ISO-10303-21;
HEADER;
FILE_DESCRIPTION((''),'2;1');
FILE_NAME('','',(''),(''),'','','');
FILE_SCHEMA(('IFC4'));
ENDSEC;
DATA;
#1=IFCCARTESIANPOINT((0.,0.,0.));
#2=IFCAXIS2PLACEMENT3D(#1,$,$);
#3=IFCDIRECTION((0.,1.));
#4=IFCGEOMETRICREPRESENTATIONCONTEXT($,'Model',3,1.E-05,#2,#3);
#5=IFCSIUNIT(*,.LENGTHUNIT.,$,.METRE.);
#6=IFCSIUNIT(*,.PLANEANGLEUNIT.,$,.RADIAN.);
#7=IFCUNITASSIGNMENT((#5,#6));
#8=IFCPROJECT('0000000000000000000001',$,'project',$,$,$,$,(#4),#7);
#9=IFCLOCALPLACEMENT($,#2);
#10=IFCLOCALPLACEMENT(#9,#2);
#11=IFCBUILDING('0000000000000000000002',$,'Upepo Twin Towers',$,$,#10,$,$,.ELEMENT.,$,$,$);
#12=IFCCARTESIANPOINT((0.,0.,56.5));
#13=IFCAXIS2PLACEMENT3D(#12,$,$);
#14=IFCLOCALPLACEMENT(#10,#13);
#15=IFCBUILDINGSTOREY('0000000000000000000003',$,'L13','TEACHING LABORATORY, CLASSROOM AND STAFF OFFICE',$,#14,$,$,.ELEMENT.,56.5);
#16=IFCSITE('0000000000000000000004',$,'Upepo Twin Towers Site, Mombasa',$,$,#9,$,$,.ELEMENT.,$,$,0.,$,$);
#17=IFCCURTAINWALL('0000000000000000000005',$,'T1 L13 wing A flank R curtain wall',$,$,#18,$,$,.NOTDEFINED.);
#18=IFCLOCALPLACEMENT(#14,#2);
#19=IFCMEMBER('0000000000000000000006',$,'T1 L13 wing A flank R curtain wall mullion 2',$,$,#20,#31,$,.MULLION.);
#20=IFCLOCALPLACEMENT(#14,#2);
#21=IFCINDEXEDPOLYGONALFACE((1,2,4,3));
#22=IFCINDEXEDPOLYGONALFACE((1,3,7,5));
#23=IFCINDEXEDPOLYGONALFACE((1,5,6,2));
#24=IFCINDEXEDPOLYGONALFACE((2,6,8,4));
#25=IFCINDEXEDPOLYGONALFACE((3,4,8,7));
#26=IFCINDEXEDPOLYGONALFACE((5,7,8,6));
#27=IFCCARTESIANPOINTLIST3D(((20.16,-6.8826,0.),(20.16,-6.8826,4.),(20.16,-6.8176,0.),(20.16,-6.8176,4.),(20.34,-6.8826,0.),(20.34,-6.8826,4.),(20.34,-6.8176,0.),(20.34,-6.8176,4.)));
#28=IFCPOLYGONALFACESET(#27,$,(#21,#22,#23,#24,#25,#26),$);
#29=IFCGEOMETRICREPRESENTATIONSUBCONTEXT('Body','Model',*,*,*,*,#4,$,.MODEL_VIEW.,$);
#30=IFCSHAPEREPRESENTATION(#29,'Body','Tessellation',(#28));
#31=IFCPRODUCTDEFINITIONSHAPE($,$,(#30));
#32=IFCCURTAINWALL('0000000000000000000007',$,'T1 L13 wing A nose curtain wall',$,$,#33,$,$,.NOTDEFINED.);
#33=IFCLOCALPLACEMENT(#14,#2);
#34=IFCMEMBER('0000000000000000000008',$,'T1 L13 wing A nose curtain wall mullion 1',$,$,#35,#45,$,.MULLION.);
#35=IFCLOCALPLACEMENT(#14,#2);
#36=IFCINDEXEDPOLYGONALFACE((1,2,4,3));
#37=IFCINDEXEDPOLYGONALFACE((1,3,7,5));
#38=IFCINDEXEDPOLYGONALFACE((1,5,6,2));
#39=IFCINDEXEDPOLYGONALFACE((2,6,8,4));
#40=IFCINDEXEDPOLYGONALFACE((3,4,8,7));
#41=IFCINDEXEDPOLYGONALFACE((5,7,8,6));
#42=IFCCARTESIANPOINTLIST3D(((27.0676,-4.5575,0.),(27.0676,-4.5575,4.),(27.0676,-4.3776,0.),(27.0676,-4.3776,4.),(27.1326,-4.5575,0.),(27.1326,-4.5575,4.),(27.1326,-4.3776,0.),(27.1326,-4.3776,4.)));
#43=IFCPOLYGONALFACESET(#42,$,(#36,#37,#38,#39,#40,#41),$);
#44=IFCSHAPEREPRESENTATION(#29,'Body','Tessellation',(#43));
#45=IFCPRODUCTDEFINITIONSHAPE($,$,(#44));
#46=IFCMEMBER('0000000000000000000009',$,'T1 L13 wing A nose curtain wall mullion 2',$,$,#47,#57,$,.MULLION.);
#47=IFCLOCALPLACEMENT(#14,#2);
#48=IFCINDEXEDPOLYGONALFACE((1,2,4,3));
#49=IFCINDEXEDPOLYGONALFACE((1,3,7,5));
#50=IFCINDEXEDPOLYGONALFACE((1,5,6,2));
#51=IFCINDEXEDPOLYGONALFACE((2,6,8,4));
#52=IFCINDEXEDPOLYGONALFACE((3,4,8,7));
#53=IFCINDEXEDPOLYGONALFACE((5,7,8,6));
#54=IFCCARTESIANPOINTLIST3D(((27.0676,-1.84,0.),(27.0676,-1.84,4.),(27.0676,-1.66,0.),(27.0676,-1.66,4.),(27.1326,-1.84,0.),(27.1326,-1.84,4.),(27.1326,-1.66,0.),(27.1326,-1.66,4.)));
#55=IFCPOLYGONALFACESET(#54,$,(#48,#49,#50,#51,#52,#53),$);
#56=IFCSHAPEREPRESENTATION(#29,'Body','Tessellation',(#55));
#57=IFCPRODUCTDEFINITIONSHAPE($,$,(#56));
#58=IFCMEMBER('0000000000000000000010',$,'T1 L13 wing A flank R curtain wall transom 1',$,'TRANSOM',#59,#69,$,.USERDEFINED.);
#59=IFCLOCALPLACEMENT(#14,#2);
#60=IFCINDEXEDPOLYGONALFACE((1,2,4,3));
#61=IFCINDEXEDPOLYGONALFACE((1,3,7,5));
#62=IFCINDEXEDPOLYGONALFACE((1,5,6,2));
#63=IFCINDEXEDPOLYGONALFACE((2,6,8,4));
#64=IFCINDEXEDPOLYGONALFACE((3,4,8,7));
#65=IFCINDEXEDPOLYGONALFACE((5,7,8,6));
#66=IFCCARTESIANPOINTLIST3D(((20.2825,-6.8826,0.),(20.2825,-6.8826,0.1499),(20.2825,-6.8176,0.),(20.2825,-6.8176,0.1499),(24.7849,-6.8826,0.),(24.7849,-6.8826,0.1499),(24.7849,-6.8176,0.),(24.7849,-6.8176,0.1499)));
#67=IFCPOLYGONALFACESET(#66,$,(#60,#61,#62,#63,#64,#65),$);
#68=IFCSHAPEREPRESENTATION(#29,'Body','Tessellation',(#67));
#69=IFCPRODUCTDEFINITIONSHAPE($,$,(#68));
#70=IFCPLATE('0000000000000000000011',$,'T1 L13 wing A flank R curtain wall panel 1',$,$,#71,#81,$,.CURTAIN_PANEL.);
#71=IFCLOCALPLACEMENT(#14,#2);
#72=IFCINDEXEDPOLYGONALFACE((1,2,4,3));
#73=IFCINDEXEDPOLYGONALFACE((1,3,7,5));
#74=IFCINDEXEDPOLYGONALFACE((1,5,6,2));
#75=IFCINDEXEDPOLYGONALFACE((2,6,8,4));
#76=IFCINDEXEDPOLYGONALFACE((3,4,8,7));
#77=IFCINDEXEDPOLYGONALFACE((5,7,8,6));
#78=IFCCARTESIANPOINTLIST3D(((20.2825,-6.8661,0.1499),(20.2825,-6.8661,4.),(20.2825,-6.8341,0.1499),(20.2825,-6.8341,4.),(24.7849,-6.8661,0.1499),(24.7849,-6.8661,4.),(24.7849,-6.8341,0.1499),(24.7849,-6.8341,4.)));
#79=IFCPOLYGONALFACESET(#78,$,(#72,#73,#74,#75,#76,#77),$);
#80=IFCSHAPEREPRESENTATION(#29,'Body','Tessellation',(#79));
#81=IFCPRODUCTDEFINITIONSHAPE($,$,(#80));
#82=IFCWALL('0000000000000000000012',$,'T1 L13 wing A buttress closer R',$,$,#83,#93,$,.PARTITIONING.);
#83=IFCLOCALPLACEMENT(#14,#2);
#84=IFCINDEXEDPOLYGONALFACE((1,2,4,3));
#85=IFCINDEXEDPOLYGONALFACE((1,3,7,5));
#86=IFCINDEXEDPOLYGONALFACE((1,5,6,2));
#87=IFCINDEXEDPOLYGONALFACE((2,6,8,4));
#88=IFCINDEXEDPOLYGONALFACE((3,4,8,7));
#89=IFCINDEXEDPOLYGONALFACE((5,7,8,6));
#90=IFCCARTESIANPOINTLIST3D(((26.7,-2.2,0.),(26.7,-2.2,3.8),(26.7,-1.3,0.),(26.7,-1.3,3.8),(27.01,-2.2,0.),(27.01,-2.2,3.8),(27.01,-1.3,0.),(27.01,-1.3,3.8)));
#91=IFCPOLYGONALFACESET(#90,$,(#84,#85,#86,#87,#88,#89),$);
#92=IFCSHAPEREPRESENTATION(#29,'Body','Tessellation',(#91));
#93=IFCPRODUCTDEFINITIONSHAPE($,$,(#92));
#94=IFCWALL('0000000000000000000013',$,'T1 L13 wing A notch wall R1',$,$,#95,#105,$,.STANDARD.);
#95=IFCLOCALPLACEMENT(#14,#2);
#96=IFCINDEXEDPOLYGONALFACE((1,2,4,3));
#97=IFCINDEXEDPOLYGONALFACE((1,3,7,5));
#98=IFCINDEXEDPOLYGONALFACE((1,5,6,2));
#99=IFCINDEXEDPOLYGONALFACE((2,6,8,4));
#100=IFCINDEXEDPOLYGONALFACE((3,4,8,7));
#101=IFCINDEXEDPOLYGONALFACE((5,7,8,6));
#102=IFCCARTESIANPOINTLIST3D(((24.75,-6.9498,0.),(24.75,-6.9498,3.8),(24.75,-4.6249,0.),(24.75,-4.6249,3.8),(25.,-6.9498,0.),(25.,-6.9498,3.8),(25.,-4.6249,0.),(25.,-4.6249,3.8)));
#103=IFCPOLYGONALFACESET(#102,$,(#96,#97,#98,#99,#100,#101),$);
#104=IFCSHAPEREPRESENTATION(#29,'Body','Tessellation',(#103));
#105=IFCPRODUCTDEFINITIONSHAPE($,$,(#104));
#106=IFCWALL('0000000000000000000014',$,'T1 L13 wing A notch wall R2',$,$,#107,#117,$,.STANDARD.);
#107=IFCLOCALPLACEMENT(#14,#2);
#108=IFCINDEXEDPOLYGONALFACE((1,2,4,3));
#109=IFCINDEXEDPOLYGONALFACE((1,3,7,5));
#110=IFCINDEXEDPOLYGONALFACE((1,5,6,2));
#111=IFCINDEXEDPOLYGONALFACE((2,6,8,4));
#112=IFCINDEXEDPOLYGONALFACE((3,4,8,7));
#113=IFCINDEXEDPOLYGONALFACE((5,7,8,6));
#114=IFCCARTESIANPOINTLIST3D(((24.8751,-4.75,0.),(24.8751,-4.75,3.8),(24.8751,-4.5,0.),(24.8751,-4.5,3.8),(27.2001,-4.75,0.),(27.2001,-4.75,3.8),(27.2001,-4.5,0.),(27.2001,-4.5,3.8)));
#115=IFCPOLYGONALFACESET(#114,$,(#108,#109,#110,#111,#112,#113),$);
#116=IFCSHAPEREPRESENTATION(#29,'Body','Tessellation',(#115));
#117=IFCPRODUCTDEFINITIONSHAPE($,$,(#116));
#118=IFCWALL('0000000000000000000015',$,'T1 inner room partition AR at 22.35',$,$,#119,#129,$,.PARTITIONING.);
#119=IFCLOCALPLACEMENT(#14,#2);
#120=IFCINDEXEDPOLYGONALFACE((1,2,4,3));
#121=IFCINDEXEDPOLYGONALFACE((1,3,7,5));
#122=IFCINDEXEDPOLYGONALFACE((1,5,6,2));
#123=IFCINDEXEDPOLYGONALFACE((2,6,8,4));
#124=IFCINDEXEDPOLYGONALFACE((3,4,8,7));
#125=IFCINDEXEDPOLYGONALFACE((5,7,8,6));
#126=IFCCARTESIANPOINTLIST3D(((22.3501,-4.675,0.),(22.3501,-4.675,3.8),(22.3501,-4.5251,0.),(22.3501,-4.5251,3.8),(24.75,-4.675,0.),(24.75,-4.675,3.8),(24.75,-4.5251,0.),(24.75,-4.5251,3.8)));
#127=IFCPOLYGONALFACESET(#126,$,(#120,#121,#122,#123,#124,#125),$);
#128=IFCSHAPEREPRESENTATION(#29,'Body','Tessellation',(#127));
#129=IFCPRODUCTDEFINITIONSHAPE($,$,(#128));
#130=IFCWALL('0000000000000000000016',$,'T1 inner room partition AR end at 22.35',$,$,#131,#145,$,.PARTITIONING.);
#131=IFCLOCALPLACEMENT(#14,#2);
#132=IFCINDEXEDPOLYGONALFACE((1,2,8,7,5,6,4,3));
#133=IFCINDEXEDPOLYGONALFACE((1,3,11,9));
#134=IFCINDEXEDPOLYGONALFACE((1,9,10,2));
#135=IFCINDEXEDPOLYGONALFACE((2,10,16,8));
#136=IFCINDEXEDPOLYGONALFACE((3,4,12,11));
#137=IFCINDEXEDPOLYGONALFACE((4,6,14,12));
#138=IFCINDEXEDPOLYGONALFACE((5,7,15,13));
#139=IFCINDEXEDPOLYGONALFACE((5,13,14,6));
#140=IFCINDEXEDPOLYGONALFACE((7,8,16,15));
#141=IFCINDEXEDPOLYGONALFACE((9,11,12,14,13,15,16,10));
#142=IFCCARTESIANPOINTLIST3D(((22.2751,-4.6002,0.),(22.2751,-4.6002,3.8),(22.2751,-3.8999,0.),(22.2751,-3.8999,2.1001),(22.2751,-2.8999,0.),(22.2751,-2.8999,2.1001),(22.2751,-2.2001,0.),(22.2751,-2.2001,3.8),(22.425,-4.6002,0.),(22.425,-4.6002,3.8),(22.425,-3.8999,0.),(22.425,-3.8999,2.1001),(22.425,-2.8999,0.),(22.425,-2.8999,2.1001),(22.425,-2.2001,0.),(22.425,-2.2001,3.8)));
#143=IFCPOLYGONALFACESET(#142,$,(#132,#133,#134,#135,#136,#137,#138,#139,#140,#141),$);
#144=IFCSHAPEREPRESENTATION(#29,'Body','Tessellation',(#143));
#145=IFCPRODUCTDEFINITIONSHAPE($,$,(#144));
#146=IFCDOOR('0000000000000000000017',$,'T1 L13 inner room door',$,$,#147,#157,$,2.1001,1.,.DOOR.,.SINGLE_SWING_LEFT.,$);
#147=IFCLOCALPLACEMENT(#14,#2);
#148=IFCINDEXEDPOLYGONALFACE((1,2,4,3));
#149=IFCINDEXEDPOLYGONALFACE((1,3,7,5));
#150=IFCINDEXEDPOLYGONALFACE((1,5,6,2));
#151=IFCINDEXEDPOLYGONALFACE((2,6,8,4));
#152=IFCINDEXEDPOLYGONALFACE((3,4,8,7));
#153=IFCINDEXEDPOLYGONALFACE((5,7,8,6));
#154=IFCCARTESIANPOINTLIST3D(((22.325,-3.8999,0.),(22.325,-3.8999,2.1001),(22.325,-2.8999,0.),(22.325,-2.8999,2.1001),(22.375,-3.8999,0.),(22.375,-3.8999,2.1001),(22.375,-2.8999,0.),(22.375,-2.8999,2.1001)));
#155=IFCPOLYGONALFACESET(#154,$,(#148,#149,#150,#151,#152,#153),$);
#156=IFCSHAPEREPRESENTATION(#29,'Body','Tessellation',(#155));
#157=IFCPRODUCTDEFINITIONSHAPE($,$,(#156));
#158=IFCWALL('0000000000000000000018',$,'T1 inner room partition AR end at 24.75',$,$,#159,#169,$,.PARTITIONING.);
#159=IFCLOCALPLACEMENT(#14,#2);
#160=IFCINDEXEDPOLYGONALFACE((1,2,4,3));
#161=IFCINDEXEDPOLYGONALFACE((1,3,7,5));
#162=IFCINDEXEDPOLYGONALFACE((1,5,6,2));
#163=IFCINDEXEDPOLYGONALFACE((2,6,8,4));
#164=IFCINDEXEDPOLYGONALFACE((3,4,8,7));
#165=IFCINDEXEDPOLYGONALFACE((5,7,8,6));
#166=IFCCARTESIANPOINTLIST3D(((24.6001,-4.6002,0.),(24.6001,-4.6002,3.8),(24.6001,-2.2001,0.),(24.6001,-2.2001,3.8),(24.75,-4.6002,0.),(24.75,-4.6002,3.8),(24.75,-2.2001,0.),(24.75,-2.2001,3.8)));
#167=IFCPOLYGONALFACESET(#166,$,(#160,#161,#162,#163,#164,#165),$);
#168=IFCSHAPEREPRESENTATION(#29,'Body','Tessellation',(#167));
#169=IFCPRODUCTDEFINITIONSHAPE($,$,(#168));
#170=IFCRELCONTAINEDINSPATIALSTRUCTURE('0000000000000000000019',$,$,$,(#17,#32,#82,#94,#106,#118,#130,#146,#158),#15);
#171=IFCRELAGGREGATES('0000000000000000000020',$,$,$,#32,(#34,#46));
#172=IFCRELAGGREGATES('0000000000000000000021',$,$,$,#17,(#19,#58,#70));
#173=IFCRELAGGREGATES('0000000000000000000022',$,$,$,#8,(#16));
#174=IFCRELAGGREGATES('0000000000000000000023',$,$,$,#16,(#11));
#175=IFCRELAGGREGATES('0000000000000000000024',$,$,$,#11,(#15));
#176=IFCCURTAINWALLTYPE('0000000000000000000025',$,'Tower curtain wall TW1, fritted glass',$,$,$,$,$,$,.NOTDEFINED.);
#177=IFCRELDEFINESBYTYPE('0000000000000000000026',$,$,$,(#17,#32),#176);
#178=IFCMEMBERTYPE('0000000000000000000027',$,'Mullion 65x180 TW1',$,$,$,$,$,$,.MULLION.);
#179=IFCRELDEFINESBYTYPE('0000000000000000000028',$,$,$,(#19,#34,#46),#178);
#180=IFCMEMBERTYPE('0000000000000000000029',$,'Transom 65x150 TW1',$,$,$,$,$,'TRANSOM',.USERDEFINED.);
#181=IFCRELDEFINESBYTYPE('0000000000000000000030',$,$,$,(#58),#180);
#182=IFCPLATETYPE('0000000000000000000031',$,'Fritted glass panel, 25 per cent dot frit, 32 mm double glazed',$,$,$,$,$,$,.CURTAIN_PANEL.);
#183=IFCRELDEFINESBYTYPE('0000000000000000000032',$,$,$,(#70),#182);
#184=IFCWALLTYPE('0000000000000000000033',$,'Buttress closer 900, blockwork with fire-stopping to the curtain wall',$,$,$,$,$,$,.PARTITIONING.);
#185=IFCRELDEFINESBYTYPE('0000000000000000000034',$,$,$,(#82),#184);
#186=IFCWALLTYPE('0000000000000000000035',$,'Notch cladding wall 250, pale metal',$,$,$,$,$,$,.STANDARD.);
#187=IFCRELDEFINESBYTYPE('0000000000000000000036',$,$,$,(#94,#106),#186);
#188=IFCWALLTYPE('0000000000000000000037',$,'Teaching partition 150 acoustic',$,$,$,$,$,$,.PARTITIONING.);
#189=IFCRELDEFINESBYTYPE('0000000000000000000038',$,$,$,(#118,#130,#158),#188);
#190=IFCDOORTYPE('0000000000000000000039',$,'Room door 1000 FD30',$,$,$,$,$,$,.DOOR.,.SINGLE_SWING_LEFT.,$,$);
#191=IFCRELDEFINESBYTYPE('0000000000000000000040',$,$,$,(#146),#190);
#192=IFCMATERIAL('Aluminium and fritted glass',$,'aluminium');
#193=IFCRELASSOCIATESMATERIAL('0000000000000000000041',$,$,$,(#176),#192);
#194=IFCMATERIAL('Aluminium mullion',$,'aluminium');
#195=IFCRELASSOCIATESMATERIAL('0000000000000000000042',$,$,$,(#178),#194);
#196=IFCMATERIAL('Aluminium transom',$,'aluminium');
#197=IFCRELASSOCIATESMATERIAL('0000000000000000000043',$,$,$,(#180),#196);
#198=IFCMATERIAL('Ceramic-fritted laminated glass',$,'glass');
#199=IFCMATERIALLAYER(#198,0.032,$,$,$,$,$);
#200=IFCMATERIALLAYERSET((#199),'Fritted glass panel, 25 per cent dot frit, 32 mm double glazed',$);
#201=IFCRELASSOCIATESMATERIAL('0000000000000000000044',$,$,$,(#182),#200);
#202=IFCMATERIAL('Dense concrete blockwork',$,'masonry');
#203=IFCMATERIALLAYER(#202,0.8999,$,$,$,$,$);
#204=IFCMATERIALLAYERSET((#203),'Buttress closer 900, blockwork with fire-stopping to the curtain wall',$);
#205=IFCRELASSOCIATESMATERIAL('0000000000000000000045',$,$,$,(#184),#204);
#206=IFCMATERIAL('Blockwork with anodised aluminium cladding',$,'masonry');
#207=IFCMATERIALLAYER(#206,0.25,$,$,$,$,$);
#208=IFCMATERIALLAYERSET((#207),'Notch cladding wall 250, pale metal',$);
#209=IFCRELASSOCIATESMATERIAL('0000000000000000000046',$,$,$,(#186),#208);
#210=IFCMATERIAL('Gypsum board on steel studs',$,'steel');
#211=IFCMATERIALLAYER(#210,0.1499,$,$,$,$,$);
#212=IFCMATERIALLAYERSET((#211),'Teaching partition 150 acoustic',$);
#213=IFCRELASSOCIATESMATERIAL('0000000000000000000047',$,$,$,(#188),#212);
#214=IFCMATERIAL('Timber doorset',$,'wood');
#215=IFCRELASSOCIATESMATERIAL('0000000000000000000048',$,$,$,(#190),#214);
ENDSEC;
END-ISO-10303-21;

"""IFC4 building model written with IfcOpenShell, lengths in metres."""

from ifc_helpers import new_model, si_unit, direction, frame, frame_2d, origin, origin_2d, place, context, subcontext, project, spatial, rectangle, extrude, material, layer, layer_set, material_profile, profile_set, type_object, element, fill, aggregate, save


model = new_model("IFC4")

# Units and contexts
model_context = context("Model", 3, precision=1e-05, world=origin(), true_north=direction((0.0, 1.0)))
body_context = subcontext(model_context, "Body", "Model", "MODEL_VIEW")
ifc_project = project(units=[si_unit("LENGTHUNIT", "METRE"), si_unit("PLANEANGLEUNIT", "RADIAN")], contexts=[model_context])

# Site, building, storey
site_placement = place(None, origin())
site = spatial("IfcSite", under=ifc_project, at=site_placement, Name="Upepo Twin Towers Site, Mombasa", CompositionType="ELEMENT", RefElevation=0.0)
building_placement = place(site_placement, origin())
building = spatial("IfcBuilding", under=site, at=building_placement, Name="Upepo Twin Towers", CompositionType="ELEMENT")
storey_placement = place(building_placement, frame((0.0, 0.0, 56.5)))
storey = spatial("IfcBuildingStorey", under=building, at=storey_placement, Name="L13", Description="TEACHING LABORATORY, CLASSROOM AND STAFF OFFICE", CompositionType="ELEMENT", Elevation=56.5)

# Curtain walls, members
ifc_material_1 = material(Name="Aluminium and fritted glass", Category="aluminium")
curtain_wall_type = type_object("IfcCurtainWallType", Name="Tower curtain wall TW1, fritted glass", PredefinedType="NOTDEFINED", material=ifc_material_1)
curtain_wall_1_placement = place(storey_placement, origin())
curtain_wall_1 = element("IfcCurtainWall", 1, at=curtain_wall_1_placement, inside=storey, type_object=curtain_wall_type, Name="T1 L13 wing A flank R curtain wall", PredefinedType="NOTDEFINED")
ifc_material_2 = material(Name="Aluminium mullion", Category="aluminium")
ifc_material_profile_1 = material_profile(ifc_material_2, rectangle(XDim=0.0649, YDim=0.1799, at=origin_2d()), Name="MULLION 65x180")
ifc_profile_set_1 = profile_set([ifc_material_profile_1], Name="Aluminium mullion")
member_type_1 = type_object("IfcMemberType", Name="Mullion 65x180 TW1", PredefinedType="MULLION", material=ifc_profile_set_1)
member_1_placement = place(storey_placement, frame((20.25, -6.8501, 0.0), z_axis=(0.0, 0.0, 1.0), x_axis=(0.0, -1.0, 0.0)))
member_1 = element("IfcMember", 2, at=member_1_placement, type_object=member_type_1, Name="T1 L13 wing A flank R curtain wall mullion 2", PredefinedType="MULLION", context=body_context, shape_type="SweptSolid", body=[
    extrude(rectangle(XDim=0.0649, YDim=0.1799, at=origin_2d()), origin(), (0.0, 0.0, 1.0), 4.0),
])
curtain_wall_2_placement = place(storey_placement, origin())
curtain_wall_2 = element("IfcCurtainWall", 3, at=curtain_wall_2_placement, inside=storey, type_object=curtain_wall_type, Name="T1 L13 wing A nose curtain wall", PredefinedType="NOTDEFINED")
member_2_placement = place(storey_placement, frame((27.1001, -4.4675, 0.0), z_axis=(0.0, 0.0, 1.0), x_axis=(-1.0, 0.0, 0.0)))
member_2 = element("IfcMember", 4, at=member_2_placement, type_object=member_type_1, Name="T1 L13 wing A nose curtain wall mullion 1", PredefinedType="MULLION", context=body_context, shape_type="SweptSolid", body=[
    extrude(rectangle(XDim=0.0649, YDim=0.1799, at=origin_2d()), origin(), (0.0, 0.0, 1.0), 4.0),
])
member_3_placement = place(storey_placement, frame((27.1001, -1.75, 0.0), z_axis=(0.0, 0.0, 1.0), x_axis=(-1.0, 0.0, 0.0)))
member_3 = element("IfcMember", 5, at=member_3_placement, type_object=member_type_1, Name="T1 L13 wing A nose curtain wall mullion 2", PredefinedType="MULLION", context=body_context, shape_type="SweptSolid", body=[
    extrude(rectangle(XDim=0.0649, YDim=0.1799, at=origin_2d()), origin(), (0.0, 0.0, 1.0), 4.0),
])
aggregate(curtain_wall_2, [member_2, member_3])

# Member
ifc_material_3 = material(Name="Aluminium transom", Category="aluminium")
ifc_material_profile_2 = material_profile(ifc_material_3, rectangle(XDim=0.0649, YDim=0.1499, at=origin_2d()), Name="TRANSOM 65x150")
ifc_profile_set_2 = profile_set([ifc_material_profile_2], Name="Aluminium transom")
member_type_2 = type_object("IfcMemberType", Name="Transom 65x150 TW1", ElementType="TRANSOM", PredefinedType="USERDEFINED", material=ifc_profile_set_2)
member_4_placement = place(storey_placement, frame((24.7849, -6.8501, 0.075), z_axis=(-1.0, 0.0, 0.0), x_axis=(0.0, -1.0, 0.0)))
member_4 = element("IfcMember", 6, at=member_4_placement, type_object=member_type_2, Name="T1 L13 wing A flank R curtain wall transom 1", ObjectType="TRANSOM", PredefinedType="USERDEFINED", context=body_context, shape_type="SweptSolid", body=[
    extrude(rectangle(XDim=0.0649, YDim=0.1499, at=origin_2d()), origin(), (0.0, 0.0, 1.0), 4.5024),
])

# Plate
ifc_material_4 = material(Name="Ceramic-fritted laminated glass", Category="glass")
ifc_layer_1 = layer(ifc_material_4, 0.032)
ifc_layer_set_1 = layer_set([ifc_layer_1], Name="Fritted glass panel, 25 per cent dot frit, 32 mm double glazed")
plate_type = type_object("IfcPlateType", Name="Fritted glass panel, 25 per cent dot frit, 32 mm double glazed", PredefinedType="CURTAIN_PANEL", material=ifc_layer_set_1)
plate_placement = place(storey_placement, frame((22.5337, -6.8501, 0.1499), z_axis=(0.0, 0.0, 1.0), x_axis=(-1.0, 0.0, 0.0)))
plate = element("IfcPlate", 7, at=plate_placement, type_object=plate_type, Name="T1 L13 wing A flank R curtain wall panel 1", PredefinedType="CURTAIN_PANEL", context=body_context, shape_type="SweptSolid", body=[
    extrude(rectangle(XDim=4.5024, YDim=0.032, at=origin_2d()), origin(), (0.0, 0.0, 1.0), 3.8501),
])
aggregate(curtain_wall_1, [member_1, member_4, plate])

# Walls
ifc_material_5 = material(Name="Dense concrete blockwork", Category="masonry")
ifc_layer_2 = layer(ifc_material_5, 0.8999)
ifc_layer_set_2 = layer_set([ifc_layer_2], Name="Buttress closer 900, blockwork with fire-stopping to the curtain wall")
wall_type_1 = type_object("IfcWallType", Name="Buttress closer 900, blockwork with fire-stopping to the curtain wall", PredefinedType="PARTITIONING", material=ifc_layer_set_2)
wall_1_placement = place(storey_placement, frame((26.7, -1.75, 0.0), z_axis=(0.0, 0.0, 1.0), x_axis=(1.0, 0.0, 0.0)))
element("IfcWall", 8, at=wall_1_placement, inside=storey, type_object=wall_type_1, Name="T1 L13 wing A buttress closer R", PredefinedType="PARTITIONING", context=body_context, shape_type="SweptSolid", body=[
    extrude(rectangle(XDim=0.3101, YDim=0.8999, at=frame_2d((0.155, 0.0))), origin(), (0.0, 0.0, 1.0), 3.8),
])
ifc_material_6 = material(Name="Blockwork with anodised aluminium cladding", Category="masonry")
ifc_layer_3 = layer(ifc_material_6, 0.25)
ifc_layer_set_3 = layer_set([ifc_layer_3], Name="Notch cladding wall 250, pale metal")
wall_type_2 = type_object("IfcWallType", Name="Notch cladding wall 250, pale metal", PredefinedType="STANDARD", material=ifc_layer_set_3)
for number, where, z_axis, x_axis, name in (
    (9, (24.875, -6.95, 0.0), (0.0, 0.0, 1.0), (0.0, 1.0, 0.0), "T1 L13 wing A notch wall R1"),
    (10, (24.875, -4.625, 0.0), (0.0, 0.0, 1.0), (1.0, 0.0, 0.0), "T1 L13 wing A notch wall R2"),
):
    element("IfcWall", number, at=place(storey_placement, frame(where, z_axis=z_axis, x_axis=x_axis)), inside=storey, type_object=wall_type_2, Name=name, PredefinedType="STANDARD", context=body_context, shape_type="SweptSolid", body=[
        extrude(rectangle(XDim=2.325, YDim=0.25, at=frame_2d((1.1626, 0.0))), origin(), (0.0, 0.0, 1.0), 3.8),
    ])
ifc_material_7 = material(Name="Gypsum board on steel studs", Category="steel")
ifc_layer_4 = layer(ifc_material_7, 0.1499)
ifc_layer_set_4 = layer_set([ifc_layer_4], Name="Teaching partition 150 acoustic")
wall_type_3 = type_object("IfcWallType", Name="Teaching partition 150 acoustic", PredefinedType="PARTITIONING", material=ifc_layer_set_4)
wall_2_placement = place(storey_placement, frame((22.3501, -4.6001, 0.0), z_axis=(0.0, 0.0, 1.0), x_axis=(1.0, 0.0, 0.0)))
element("IfcWall", 11, at=wall_2_placement, inside=storey, type_object=wall_type_3, Name="T1 inner room partition AR at 22.35", PredefinedType="PARTITIONING", context=body_context, shape_type="SweptSolid", body=[
    extrude(rectangle(XDim=2.3999, YDim=0.1499, at=frame_2d((1.2, 0.0))), origin(), (0.0, 0.0, 1.0), 3.8),
])

# Wall, opening, door
wall_3_placement = place(storey_placement, frame((22.3501, -2.2, 0.0), z_axis=(0.0, 0.0, 1.0), x_axis=(0.0, -1.0, 0.0)))
wall_3 = element("IfcWall", 12, at=wall_3_placement, inside=storey, type_object=wall_type_3, Name="T1 inner room partition AR end at 22.35", PredefinedType="PARTITIONING", context=body_context, shape_type="SweptSolid", body=[
    extrude(rectangle(XDim=2.4001, YDim=0.1499, at=frame_2d((1.2002, 0.0))), origin(), (0.0, 0.0, 1.0), 3.8),
])
opening_1_placement = place(wall_3_placement, frame((0.7, 0.0, 0.0)))
opening_1 = element("IfcOpeningElement", 13, at=opening_1_placement, cuts=wall_3, PredefinedType="OPENING", context=body_context, shape_type="SweptSolid", body=[
    extrude(rectangle(XDim=1.0, YDim=2.1001, at=frame_2d((0.5, 1.05))), frame((0.0, 0.085, 0.0), z_axis=(0.0, -1.0, 0.0), x_axis=(1.0, 0.0, 0.0)), (0.0, 0.0, 1.0), 0.1699),
])
ifc_material_8 = material(Name="Timber doorset", Category="wood")
door_type = type_object("IfcDoorType", Name="Room door 1000 FD30", OperationType="SINGLE_SWING_LEFT", PredefinedType="DOOR", material=ifc_material_8)
door_1_placement = place(opening_1_placement, origin())
door_1 = element("IfcDoor", 14, at=door_1_placement, inside=storey, type_object=door_type, Name="T1 L13 inner room door", OperationType="SINGLE_SWING_LEFT", OverallHeight=2.1001, OverallWidth=1.0, PredefinedType="DOOR", context=body_context, shape_type="SweptSolid", body=[
    extrude(rectangle(XDim=1.0, YDim=2.1001, at=frame_2d((0.5, 1.05))), frame((0.0, 0.0249, 0.0), z_axis=(0.0, -1.0, 0.0), x_axis=(1.0, 0.0, 0.0)), (0.0, 0.0, 1.0), 0.05),
])
fill(opening_1, door_1)

# Wall
wall_4_placement = place(storey_placement, frame((24.675, -2.2, 0.0), z_axis=(0.0, 0.0, 1.0), x_axis=(0.0, -1.0, 0.0)))
element("IfcWall", 15, at=wall_4_placement, inside=storey, type_object=wall_type_3, Name="T1 inner room partition AR end at 24.75", PredefinedType="PARTITIONING", context=body_context, shape_type="SweptSolid", body=[
    extrude(rectangle(XDim=2.4001, YDim=0.1499, at=frame_2d((1.2002, 0.0))), origin(), (0.0, 0.0, 1.0), 3.8),
])

save(model, "model.ifc")
